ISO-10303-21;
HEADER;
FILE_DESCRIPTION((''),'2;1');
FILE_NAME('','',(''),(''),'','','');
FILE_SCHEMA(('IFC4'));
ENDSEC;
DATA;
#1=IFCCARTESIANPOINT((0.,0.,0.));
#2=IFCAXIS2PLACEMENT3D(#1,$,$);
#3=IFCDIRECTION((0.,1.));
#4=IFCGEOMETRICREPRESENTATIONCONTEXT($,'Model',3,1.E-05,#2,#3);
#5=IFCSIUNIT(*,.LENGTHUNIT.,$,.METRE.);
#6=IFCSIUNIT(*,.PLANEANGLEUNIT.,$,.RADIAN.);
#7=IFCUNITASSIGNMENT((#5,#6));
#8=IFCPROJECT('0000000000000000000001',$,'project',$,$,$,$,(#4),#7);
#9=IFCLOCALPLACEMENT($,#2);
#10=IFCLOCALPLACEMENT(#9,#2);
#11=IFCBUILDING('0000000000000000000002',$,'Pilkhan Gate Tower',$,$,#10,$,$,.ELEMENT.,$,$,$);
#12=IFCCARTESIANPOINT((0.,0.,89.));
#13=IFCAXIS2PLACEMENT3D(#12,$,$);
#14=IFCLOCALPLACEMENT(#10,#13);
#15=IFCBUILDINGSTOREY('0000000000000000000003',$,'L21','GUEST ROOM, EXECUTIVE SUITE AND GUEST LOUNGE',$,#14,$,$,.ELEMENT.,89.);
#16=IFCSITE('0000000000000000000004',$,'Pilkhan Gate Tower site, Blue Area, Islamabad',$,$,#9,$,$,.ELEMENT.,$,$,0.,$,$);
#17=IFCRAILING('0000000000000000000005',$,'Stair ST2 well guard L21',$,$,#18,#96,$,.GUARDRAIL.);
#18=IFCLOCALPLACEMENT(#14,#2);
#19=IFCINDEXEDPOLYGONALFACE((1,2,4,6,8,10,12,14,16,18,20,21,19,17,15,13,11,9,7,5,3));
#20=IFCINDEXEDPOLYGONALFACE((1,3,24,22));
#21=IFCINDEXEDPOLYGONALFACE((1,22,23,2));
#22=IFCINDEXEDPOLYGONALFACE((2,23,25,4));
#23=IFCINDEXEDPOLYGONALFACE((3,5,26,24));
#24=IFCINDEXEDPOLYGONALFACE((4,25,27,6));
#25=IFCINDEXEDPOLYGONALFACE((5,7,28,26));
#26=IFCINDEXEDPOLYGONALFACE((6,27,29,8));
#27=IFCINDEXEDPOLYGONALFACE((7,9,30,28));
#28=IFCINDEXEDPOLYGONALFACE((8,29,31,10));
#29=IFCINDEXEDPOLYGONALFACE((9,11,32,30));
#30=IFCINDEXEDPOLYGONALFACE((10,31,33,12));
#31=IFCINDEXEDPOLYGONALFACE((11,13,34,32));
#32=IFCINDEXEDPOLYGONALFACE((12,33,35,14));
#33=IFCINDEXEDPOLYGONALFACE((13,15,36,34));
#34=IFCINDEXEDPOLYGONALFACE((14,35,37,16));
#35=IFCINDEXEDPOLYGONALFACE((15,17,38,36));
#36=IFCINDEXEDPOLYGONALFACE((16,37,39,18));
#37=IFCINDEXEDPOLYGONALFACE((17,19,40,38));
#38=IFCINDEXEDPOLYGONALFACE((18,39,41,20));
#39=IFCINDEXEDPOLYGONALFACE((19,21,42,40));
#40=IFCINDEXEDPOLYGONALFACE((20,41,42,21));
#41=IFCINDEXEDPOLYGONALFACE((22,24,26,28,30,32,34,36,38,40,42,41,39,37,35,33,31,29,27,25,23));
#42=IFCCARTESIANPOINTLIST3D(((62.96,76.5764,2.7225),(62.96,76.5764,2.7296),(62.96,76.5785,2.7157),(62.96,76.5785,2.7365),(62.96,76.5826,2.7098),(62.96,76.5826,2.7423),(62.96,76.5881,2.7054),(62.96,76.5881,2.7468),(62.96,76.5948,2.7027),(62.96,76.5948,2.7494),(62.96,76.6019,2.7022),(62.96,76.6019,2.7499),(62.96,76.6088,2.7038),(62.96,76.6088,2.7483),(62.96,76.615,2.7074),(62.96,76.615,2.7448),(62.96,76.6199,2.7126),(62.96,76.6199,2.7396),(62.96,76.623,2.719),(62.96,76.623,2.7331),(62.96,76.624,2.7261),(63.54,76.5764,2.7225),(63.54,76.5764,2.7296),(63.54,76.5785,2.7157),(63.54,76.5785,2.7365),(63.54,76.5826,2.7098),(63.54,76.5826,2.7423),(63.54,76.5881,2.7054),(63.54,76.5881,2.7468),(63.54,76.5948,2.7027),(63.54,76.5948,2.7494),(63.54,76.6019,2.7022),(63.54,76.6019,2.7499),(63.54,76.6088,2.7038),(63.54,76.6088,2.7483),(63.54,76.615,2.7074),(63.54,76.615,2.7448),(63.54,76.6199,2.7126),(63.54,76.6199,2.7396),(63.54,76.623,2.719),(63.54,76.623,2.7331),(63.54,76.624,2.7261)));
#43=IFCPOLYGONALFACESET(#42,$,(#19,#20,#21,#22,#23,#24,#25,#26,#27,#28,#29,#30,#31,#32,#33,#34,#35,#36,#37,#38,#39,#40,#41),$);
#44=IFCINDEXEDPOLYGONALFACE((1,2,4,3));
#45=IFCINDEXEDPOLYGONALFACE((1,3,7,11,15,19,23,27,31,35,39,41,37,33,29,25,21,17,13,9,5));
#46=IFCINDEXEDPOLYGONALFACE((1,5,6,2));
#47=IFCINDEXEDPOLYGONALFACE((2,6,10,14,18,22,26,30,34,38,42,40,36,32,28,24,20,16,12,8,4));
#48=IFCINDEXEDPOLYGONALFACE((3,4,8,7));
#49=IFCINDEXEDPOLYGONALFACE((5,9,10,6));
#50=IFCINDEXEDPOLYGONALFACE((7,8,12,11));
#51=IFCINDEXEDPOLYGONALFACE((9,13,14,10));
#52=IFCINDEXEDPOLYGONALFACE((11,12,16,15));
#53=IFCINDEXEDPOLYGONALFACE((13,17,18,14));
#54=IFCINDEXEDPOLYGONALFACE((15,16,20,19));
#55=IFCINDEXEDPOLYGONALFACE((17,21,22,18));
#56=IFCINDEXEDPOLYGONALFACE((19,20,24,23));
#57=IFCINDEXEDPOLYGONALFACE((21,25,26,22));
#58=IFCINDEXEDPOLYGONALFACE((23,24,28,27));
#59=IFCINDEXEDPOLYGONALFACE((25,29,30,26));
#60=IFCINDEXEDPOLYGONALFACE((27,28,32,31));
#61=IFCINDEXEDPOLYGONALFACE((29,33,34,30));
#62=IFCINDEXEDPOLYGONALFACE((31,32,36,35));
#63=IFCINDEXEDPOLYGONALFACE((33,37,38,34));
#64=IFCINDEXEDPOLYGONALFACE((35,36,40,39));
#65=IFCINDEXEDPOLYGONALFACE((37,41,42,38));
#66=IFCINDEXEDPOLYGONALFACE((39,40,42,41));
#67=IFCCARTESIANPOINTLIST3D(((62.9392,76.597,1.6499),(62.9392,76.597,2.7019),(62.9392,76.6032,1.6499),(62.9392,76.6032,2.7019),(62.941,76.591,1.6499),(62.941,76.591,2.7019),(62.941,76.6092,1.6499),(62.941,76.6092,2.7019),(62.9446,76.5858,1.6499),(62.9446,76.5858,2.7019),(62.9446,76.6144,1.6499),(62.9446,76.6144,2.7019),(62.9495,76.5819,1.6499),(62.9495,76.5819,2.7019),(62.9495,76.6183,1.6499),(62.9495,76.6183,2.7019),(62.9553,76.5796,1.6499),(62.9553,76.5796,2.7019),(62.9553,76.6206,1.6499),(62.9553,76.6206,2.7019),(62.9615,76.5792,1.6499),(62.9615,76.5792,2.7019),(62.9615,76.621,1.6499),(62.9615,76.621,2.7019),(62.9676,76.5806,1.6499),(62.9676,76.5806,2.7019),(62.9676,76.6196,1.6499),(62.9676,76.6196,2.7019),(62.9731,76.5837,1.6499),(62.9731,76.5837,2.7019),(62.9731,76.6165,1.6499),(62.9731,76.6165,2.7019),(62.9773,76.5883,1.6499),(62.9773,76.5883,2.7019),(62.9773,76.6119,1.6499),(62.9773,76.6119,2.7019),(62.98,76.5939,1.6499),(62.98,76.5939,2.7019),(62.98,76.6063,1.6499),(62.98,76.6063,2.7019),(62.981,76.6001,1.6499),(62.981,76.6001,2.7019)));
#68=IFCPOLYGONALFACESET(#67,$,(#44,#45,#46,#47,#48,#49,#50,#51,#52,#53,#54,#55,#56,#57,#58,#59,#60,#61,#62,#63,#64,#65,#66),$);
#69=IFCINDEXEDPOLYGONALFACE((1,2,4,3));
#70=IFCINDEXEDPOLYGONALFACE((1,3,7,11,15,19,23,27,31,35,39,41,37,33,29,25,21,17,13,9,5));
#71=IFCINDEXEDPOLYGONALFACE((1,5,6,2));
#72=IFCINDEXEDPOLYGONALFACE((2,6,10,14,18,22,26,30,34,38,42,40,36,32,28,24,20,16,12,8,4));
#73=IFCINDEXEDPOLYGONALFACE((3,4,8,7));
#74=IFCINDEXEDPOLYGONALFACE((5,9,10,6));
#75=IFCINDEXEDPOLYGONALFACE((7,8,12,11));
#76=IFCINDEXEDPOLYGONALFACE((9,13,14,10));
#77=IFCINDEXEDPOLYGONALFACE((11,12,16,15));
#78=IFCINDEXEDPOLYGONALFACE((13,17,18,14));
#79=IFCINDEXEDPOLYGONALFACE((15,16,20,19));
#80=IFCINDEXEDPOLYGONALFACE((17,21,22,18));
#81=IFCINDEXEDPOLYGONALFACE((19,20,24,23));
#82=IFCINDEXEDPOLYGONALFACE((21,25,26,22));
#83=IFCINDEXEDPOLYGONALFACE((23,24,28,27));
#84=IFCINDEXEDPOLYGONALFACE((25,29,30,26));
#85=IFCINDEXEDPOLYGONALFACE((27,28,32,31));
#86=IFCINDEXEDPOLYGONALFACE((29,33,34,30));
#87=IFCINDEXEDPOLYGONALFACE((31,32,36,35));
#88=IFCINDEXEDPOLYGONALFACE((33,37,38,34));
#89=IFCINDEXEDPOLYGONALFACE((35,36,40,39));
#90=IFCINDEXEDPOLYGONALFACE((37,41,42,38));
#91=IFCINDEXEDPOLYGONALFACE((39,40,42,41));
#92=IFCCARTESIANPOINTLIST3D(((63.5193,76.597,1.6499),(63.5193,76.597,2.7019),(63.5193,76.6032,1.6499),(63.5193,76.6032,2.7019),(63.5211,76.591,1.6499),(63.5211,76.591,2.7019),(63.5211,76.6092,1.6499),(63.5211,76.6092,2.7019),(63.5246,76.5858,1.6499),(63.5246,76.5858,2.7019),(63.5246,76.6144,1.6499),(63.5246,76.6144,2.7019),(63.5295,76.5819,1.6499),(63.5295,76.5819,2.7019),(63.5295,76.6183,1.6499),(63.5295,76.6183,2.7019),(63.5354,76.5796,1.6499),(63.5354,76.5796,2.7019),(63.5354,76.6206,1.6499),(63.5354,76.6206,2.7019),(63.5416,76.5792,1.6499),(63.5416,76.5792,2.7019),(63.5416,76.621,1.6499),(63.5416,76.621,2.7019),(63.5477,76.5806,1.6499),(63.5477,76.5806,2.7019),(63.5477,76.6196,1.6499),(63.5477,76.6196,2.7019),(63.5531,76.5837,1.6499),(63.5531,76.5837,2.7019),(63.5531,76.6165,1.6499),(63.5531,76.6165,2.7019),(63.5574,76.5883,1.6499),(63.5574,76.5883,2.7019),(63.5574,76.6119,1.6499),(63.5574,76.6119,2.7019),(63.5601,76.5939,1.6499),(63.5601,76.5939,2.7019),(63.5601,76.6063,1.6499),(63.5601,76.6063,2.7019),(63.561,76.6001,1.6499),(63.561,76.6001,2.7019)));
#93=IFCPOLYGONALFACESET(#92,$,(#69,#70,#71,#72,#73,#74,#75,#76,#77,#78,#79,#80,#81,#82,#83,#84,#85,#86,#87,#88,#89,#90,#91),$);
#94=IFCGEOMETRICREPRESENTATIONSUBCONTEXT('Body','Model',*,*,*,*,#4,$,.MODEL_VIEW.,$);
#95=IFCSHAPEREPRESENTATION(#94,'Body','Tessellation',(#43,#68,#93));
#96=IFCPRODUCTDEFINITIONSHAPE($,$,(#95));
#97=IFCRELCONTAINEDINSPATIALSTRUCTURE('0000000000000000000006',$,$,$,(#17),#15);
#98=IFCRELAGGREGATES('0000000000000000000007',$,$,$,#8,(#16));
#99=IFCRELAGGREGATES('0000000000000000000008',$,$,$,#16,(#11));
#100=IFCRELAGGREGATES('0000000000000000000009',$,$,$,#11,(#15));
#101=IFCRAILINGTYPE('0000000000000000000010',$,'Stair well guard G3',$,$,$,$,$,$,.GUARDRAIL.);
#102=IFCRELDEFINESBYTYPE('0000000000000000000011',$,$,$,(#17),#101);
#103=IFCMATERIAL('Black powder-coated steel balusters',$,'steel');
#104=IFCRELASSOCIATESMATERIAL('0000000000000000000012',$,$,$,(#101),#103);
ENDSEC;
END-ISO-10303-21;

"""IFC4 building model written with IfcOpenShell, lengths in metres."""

from ifc_helpers import new_model, si_unit, direction, frame, origin, origin_2d, place, context, subcontext, project, spatial, circle, extrude, material, type_object, element, save


model = new_model("IFC4")

# Units and contexts
model_context = context("Model", 3, precision=1e-05, world=origin(), true_north=direction((0.0, 1.0)))
body_context = subcontext(model_context, "Body", "Model", "MODEL_VIEW")
ifc_project = project(units=[si_unit("LENGTHUNIT", "METRE"), si_unit("PLANEANGLEUNIT", "RADIAN")], contexts=[model_context])

# Site, building, storey
site_placement = place(None, origin())
site = spatial("IfcSite", under=ifc_project, at=site_placement, Name="Pilkhan Gate Tower site, Blue Area, Islamabad", CompositionType="ELEMENT", RefElevation=0.0)
building_placement = place(site_placement, origin())
building = spatial("IfcBuilding", under=site, at=building_placement, Name="Pilkhan Gate Tower", CompositionType="ELEMENT")
storey_placement = place(building_placement, frame((0.0, 0.0, 89.0)))
storey = spatial("IfcBuildingStorey", under=building, at=storey_placement, Name="L21", Description="GUEST ROOM, EXECUTIVE SUITE AND GUEST LOUNGE", CompositionType="ELEMENT", Elevation=89.0)

# Railing
ifc_material_1 = material(Name="Black powder-coated steel balusters", Category="steel")
railing_type_1 = type_object("IfcRailingType", Name="Stair well guard G3", PredefinedType="GUARDRAIL", material=ifc_material_1)
for number, where, name in (
    (1, (62.96, 76.6001, 1.6499), "Stair ST2 well guard L21"),
):
    element("IfcRailing", number, at=place(storey_placement, frame(where)), inside=storey, type_object=railing_type_1, Name=name, PredefinedType="GUARDRAIL", context=body_context, shape_type="SweptSolid", body=[
        extrude(circle(Radius=0.0239, at=origin_2d()), frame((0.0, 0.0, 1.0762), z_axis=(1.0, 0.0, 0.0), x_axis=(0.0, 1.0, 0.0)), (0.0, 0.0, 1.0), 0.5801),
        extrude(circle(Radius=0.021, at=origin_2d()), origin(), (0.0, 0.0, 1.0), 1.052),
        extrude(circle(Radius=0.021, at=origin_2d()), frame((0.5801, 0.0, 0.0)), (0.0, 0.0, 1.0), 1.052),
    ])

save(model, "model.ifc")
